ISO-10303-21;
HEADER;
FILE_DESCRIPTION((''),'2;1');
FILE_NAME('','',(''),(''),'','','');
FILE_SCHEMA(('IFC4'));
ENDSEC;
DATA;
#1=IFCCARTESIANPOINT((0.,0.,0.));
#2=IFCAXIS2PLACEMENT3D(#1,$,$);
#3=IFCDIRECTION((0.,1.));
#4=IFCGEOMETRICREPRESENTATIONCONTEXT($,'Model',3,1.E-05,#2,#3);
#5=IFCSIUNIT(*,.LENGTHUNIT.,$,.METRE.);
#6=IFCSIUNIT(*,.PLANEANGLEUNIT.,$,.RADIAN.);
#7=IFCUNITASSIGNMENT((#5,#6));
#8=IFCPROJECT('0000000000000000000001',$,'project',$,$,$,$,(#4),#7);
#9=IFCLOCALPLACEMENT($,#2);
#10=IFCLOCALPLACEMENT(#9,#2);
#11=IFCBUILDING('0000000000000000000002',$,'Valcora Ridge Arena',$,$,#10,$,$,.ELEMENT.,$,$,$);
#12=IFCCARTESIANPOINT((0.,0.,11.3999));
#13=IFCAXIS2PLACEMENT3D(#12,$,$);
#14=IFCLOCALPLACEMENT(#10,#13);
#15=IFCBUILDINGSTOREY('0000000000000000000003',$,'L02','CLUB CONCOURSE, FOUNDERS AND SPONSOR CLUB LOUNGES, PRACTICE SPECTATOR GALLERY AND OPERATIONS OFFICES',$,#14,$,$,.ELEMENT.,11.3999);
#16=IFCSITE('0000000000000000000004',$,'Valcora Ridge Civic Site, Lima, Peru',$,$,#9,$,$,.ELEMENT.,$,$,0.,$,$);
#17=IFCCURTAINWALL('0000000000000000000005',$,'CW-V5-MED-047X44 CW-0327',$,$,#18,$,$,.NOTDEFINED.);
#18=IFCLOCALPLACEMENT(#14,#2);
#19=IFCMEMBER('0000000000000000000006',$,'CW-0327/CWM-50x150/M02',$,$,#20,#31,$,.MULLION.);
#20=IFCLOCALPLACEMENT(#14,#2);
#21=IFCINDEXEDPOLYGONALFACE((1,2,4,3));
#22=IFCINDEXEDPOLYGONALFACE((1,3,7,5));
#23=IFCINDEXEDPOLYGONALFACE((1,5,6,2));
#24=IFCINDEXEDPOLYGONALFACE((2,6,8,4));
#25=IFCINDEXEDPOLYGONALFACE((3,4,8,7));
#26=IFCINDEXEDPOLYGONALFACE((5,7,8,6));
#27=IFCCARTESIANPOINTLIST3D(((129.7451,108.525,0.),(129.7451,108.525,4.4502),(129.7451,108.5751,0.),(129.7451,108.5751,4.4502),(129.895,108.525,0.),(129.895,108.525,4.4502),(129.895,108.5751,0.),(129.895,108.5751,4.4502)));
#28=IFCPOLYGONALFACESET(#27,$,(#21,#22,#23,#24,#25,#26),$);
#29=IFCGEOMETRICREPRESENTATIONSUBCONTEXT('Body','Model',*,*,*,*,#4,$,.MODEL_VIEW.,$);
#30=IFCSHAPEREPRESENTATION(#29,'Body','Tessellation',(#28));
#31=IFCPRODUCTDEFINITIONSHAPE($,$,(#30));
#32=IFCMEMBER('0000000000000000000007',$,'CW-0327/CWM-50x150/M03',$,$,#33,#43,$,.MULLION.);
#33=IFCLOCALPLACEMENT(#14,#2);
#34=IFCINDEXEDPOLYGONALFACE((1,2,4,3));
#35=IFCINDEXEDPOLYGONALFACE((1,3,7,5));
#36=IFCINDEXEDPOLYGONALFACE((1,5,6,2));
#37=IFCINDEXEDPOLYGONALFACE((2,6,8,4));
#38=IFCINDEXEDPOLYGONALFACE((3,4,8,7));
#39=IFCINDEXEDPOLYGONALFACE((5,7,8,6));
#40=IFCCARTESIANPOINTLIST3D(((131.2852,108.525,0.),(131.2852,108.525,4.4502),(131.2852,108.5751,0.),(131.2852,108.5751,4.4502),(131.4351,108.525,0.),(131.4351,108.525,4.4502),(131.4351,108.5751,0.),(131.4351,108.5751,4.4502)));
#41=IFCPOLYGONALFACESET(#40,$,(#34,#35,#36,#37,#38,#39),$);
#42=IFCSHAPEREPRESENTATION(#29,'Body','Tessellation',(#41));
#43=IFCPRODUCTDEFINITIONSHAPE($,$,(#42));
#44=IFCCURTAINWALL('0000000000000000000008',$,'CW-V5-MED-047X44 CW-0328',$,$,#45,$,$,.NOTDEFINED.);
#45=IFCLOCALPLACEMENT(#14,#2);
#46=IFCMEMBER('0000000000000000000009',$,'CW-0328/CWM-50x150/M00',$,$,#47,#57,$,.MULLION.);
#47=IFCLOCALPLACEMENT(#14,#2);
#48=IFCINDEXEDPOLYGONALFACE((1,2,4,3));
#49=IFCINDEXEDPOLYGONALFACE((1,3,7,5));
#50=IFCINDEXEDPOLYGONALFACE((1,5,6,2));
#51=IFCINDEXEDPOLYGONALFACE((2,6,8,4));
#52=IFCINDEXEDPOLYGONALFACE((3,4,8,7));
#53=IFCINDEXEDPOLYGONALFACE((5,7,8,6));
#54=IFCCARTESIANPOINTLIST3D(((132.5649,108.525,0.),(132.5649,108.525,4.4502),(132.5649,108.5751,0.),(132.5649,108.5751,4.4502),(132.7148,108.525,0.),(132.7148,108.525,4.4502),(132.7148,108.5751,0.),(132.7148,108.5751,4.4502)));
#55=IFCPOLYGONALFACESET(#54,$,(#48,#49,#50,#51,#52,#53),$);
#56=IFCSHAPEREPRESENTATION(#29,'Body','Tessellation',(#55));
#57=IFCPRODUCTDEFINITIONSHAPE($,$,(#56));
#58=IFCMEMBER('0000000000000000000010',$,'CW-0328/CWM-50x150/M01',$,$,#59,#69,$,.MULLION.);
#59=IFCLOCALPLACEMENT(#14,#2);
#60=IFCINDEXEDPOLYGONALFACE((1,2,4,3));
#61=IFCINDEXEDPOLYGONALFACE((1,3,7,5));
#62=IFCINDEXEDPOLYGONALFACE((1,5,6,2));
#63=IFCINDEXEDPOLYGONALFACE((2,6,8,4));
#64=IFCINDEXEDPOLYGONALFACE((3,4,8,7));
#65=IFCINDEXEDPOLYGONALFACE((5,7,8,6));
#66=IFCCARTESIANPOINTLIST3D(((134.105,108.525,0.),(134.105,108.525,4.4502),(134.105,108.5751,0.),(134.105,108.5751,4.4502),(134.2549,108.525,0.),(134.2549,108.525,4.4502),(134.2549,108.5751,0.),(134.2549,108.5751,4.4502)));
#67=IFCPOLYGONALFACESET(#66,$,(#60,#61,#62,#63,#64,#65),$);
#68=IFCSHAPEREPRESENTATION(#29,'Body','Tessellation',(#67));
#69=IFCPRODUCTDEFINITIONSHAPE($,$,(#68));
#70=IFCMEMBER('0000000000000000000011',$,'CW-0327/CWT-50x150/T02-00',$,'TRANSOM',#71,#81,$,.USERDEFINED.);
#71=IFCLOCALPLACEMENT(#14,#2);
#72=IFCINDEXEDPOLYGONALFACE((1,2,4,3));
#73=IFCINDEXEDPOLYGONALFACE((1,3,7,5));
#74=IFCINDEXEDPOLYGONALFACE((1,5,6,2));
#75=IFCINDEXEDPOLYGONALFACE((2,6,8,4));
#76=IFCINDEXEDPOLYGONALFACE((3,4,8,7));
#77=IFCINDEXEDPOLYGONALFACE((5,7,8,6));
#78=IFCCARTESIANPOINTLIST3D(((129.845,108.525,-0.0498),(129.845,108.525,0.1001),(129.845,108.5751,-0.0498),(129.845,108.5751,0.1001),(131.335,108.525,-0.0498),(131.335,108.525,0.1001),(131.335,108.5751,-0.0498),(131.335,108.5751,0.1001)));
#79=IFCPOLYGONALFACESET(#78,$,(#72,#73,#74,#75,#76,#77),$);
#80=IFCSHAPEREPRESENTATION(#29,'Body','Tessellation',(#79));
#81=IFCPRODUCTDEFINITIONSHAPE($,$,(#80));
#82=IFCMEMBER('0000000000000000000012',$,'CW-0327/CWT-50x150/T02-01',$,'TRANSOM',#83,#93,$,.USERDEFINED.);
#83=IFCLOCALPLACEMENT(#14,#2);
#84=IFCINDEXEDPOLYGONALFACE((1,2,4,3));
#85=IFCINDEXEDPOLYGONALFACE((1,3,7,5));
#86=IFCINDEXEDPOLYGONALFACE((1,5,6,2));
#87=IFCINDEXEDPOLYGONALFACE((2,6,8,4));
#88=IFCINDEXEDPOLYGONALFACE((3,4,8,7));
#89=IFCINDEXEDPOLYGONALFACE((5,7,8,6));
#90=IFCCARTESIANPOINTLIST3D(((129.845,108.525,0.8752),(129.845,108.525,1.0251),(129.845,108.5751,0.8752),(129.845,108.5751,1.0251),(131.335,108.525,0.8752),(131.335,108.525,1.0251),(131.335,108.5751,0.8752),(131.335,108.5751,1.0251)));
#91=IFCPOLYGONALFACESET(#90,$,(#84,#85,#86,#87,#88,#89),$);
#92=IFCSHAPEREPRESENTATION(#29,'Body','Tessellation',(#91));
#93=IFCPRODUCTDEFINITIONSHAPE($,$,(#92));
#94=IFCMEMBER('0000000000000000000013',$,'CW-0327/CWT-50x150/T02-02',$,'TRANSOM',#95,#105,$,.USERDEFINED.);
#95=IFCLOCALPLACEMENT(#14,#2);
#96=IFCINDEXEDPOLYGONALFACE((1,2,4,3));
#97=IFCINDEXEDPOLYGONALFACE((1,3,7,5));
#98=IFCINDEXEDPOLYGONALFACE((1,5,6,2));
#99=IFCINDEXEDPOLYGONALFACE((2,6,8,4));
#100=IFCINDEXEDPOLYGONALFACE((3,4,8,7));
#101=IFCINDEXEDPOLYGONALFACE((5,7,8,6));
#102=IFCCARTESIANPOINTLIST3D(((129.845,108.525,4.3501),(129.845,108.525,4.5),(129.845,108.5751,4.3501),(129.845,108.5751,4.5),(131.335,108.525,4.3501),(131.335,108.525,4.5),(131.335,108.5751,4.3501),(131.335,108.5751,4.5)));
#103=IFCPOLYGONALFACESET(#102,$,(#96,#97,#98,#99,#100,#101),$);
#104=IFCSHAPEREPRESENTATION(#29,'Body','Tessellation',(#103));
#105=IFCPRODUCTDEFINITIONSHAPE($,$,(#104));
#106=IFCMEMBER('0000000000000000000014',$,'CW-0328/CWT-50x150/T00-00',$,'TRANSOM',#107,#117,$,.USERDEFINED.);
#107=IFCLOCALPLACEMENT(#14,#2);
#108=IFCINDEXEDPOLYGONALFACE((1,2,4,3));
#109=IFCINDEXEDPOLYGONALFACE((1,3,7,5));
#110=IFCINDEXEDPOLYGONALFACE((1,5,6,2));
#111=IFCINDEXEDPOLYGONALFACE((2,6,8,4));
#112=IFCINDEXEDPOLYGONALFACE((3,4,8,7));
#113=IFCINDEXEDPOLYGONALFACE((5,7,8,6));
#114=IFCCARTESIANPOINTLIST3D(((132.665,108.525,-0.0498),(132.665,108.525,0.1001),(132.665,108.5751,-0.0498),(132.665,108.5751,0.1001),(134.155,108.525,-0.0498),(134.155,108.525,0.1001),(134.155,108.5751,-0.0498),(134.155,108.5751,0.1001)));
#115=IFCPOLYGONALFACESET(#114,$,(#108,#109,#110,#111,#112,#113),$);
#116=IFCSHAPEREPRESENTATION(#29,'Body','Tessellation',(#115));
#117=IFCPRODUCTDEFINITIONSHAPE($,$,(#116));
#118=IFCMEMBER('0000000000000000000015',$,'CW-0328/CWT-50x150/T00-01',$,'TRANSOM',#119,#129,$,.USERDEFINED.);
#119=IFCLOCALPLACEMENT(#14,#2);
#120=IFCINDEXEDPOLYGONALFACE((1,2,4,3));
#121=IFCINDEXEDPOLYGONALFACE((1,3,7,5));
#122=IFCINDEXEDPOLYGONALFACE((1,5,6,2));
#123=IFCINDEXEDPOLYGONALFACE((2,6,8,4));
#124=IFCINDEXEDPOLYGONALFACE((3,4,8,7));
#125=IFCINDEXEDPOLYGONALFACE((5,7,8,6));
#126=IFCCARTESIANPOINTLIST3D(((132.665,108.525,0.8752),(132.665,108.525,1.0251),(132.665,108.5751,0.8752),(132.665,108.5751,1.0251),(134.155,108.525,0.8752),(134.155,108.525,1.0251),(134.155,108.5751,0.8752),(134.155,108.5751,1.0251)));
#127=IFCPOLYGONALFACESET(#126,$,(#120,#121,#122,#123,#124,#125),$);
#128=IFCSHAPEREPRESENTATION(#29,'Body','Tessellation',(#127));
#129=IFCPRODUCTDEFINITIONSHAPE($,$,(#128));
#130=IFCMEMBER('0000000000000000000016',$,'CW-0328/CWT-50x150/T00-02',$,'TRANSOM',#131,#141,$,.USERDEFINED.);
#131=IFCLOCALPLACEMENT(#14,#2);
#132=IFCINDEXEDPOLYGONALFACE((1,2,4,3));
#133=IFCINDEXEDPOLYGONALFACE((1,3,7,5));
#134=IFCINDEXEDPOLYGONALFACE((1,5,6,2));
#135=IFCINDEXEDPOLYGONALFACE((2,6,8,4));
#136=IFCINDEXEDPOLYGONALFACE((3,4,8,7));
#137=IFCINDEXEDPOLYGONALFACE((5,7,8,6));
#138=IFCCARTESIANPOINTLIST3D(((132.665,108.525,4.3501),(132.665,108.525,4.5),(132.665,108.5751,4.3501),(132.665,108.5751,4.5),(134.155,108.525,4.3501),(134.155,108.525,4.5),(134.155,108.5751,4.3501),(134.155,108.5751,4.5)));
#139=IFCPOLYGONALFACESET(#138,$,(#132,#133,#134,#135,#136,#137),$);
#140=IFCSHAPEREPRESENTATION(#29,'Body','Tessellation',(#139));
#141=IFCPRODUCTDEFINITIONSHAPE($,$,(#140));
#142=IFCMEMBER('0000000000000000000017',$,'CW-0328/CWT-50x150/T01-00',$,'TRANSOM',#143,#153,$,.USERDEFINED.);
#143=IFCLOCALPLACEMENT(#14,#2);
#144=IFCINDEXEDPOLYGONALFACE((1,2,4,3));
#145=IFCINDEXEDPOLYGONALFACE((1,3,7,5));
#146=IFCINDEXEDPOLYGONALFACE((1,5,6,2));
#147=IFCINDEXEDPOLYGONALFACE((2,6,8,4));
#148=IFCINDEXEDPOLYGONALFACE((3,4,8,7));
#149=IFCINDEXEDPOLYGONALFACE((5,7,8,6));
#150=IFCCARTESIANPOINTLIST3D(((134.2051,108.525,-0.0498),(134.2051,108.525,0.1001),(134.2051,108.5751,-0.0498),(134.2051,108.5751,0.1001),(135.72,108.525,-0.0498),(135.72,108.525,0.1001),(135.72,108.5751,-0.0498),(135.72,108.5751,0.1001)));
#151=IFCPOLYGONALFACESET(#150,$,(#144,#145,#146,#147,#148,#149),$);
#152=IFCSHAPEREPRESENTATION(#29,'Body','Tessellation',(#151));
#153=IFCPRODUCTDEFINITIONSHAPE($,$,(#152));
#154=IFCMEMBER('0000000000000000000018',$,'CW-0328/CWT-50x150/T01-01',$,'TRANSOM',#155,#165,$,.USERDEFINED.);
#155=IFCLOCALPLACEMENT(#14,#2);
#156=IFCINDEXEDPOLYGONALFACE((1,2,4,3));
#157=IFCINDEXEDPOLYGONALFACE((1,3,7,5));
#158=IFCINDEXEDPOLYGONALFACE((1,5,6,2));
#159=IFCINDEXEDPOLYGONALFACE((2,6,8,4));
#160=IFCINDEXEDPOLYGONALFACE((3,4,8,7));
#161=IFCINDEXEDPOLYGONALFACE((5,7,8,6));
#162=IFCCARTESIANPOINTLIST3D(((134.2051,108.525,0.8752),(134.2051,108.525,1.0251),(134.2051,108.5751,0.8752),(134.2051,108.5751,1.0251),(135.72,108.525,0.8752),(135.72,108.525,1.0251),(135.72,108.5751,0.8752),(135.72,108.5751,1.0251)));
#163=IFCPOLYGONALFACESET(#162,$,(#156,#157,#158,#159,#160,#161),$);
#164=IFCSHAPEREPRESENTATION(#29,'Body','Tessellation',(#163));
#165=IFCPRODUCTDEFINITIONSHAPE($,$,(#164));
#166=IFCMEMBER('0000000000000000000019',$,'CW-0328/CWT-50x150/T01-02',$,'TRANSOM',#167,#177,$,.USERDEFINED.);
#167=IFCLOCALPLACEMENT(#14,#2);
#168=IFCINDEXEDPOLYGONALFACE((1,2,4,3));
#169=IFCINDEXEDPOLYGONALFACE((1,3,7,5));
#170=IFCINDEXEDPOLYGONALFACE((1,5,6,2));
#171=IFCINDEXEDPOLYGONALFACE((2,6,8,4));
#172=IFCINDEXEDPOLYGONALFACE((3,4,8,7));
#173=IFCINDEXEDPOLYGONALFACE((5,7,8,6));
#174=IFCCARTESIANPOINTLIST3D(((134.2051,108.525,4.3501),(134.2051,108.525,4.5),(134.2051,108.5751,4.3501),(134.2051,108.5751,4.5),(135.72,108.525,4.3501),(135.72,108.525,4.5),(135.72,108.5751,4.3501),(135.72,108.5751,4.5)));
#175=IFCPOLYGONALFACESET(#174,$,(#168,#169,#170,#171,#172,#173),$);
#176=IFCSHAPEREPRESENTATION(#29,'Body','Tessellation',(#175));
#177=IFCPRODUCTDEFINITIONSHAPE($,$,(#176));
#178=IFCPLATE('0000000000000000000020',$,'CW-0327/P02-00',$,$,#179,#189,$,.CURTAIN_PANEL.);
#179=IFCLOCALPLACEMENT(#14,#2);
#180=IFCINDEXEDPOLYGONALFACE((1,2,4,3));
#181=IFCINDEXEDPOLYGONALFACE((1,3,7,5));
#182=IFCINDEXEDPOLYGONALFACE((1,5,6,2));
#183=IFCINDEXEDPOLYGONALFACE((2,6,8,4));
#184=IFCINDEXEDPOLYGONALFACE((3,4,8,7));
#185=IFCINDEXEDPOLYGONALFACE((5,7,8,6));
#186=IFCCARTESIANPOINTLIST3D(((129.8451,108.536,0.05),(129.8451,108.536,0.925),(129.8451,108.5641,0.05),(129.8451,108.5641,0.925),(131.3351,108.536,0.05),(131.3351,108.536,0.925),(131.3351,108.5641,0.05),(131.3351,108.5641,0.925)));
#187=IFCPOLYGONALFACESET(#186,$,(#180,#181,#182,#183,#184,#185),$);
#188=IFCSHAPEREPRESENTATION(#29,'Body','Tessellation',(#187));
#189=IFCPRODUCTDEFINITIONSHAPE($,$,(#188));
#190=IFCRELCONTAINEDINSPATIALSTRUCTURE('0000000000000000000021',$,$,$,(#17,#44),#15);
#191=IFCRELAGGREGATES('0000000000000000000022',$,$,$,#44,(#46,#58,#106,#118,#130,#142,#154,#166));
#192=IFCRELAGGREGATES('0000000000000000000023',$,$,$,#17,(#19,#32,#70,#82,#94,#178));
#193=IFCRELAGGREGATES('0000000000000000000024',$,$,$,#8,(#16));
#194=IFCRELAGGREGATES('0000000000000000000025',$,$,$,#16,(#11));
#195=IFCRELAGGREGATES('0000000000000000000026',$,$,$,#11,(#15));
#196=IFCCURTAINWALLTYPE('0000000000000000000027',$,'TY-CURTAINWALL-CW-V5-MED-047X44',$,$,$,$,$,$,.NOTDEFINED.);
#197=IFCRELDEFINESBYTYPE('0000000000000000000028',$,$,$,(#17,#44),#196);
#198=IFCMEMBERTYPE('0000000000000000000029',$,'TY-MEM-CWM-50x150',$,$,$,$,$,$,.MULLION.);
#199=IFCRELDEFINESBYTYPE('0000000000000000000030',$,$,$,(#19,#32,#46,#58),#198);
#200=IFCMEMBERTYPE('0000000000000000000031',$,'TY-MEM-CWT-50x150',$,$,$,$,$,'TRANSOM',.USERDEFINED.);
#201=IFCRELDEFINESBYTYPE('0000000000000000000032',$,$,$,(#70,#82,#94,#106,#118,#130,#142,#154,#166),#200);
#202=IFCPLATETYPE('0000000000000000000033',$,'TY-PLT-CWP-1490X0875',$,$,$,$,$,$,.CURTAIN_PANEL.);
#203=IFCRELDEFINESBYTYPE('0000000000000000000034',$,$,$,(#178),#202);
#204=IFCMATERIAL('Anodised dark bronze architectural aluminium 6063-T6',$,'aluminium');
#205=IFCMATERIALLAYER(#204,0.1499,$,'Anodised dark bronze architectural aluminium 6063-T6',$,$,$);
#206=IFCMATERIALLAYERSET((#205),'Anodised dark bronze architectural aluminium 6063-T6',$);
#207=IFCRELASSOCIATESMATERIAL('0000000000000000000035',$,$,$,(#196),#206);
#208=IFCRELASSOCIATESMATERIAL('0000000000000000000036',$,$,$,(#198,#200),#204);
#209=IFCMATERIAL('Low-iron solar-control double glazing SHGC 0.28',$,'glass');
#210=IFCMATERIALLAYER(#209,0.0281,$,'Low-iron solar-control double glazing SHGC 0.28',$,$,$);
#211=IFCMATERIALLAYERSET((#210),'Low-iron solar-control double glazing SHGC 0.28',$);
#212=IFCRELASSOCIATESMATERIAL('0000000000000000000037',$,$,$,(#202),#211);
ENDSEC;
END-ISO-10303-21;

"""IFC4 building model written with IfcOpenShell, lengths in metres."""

from ifc_helpers import new_model, si_unit, direction, frame, origin, origin_2d, place, context, subcontext, project, spatial, rectangle, extrude, material, layer, layer_set, material_profile, profile_set, type_object, element, aggregate, save


model = new_model("IFC4")

# Units and contexts
model_context = context("Model", 3, precision=1e-05, world=origin(), true_north=direction((0.0, 1.0)))
body_context = subcontext(model_context, "Body", "Model", "MODEL_VIEW")
ifc_project = project(units=[si_unit("LENGTHUNIT", "METRE"), si_unit("PLANEANGLEUNIT", "RADIAN")], contexts=[model_context])

# Site, building, storey
site_placement = place(None, origin())
site = spatial("IfcSite", under=ifc_project, at=site_placement, Name="Valcora Ridge Civic Site, Lima, Peru", CompositionType="ELEMENT", RefElevation=0.0)
building_placement = place(site_placement, origin())
building = spatial("IfcBuilding", under=site, at=building_placement, Name="Valcora Ridge Arena", CompositionType="ELEMENT")
storey_placement = place(building_placement, frame((0.0, 0.0, 11.3999)))
storey = spatial("IfcBuildingStorey", under=building, at=storey_placement, Name="L02", Description="CLUB CONCOURSE, FOUNDERS AND SPONSOR CLUB LOUNGES, PRACTICE SPECTATOR GALLERY AND OPERATIONS OFFICES", CompositionType="ELEMENT", Elevation=11.3999)

# Curtain walls, members
ifc_material_1 = material(Name="Anodised dark bronze architectural aluminium 6063-T6", Category="aluminium")
ifc_layer_1 = layer(ifc_material_1, 0.1499, Name="Anodised dark bronze architectural aluminium 6063-T6")
ifc_layer_set_1 = layer_set([ifc_layer_1], Name="Anodised dark bronze architectural aluminium 6063-T6")
curtain_wall_type = type_object("IfcCurtainWallType", Name="TY-CURTAINWALL-CW-V5-MED-047X44", PredefinedType="NOTDEFINED", material=ifc_layer_set_1)
curtain_wall_1_placement = place(storey_placement, origin())
curtain_wall_1 = element("IfcCurtainWall", 1, at=curtain_wall_1_placement, inside=storey, type_object=curtain_wall_type, Name="CW-V5-MED-047X44 CW-0327", PredefinedType="NOTDEFINED")
ifc_material_profile_1 = material_profile(ifc_material_1, rectangle(XDim=0.05, YDim=0.1499, at=origin_2d()), Name="ALU MULLION 50x150")
ifc_profile_set_1 = profile_set([ifc_material_profile_1], Name="Anodised dark bronze architectural aluminium 6063-T6")
member_type_1 = type_object("IfcMemberType", Name="TY-MEM-CWM-50x150", PredefinedType="MULLION", material=ifc_profile_set_1)
member_1_placement = place(storey_placement, frame((129.8201, 108.55, 0.0), z_axis=(0.0, 0.0, 1.0), x_axis=(0.0, 1.0, 0.0)))
member_1 = element("IfcMember", 2, at=member_1_placement, type_object=member_type_1, Name="CW-0327/CWM-50x150/M02", PredefinedType="MULLION", context=body_context, shape_type="SweptSolid", body=[
    extrude(rectangle(XDim=0.05, YDim=0.1499, at=origin_2d()), origin(), (0.0, 0.0, 1.0), 4.4502),
])
member_2_placement = place(storey_placement, frame((131.3601, 108.55, 0.0), z_axis=(0.0, 0.0, 1.0), x_axis=(0.0, 1.0, 0.0)))
member_2 = element("IfcMember", 3, at=member_2_placement, type_object=member_type_1, Name="CW-0327/CWM-50x150/M03", PredefinedType="MULLION", context=body_context, shape_type="SweptSolid", body=[
    extrude(rectangle(XDim=0.05, YDim=0.1499, at=origin_2d()), origin(), (0.0, 0.0, 1.0), 4.4502),
])
curtain_wall_2_placement = place(storey_placement, origin())
curtain_wall_2 = element("IfcCurtainWall", 4, at=curtain_wall_2_placement, inside=storey, type_object=curtain_wall_type, Name="CW-V5-MED-047X44 CW-0328", PredefinedType="NOTDEFINED")
member_3_placement = place(storey_placement, frame((132.6399, 108.55, 0.0), z_axis=(0.0, 0.0, 1.0), x_axis=(0.0, 1.0, 0.0)))
member_3 = element("IfcMember", 5, at=member_3_placement, type_object=member_type_1, Name="CW-0328/CWM-50x150/M00", PredefinedType="MULLION", context=body_context, shape_type="SweptSolid", body=[
    extrude(rectangle(XDim=0.05, YDim=0.1499, at=origin_2d()), origin(), (0.0, 0.0, 1.0), 4.4502),
])
member_4_placement = place(storey_placement, frame((134.1799, 108.55, 0.0), z_axis=(0.0, 0.0, 1.0), x_axis=(0.0, 1.0, 0.0)))
member_4 = element("IfcMember", 6, at=member_4_placement, type_object=member_type_1, Name="CW-0328/CWM-50x150/M01", PredefinedType="MULLION", context=body_context, shape_type="SweptSolid", body=[
    extrude(rectangle(XDim=0.05, YDim=0.1499, at=origin_2d()), origin(), (0.0, 0.0, 1.0), 4.4502),
])

# Members
ifc_material_profile_2 = material_profile(ifc_material_1, rectangle(XDim=0.05, YDim=0.1499, at=origin_2d()), Name="ALU TRANSOM 50x150")
ifc_profile_set_2 = profile_set([ifc_material_profile_2], Name="Anodised dark bronze architectural aluminium 6063-T6")
member_type_2 = type_object("IfcMemberType", Name="TY-MEM-CWT-50x150", ElementType="TRANSOM", PredefinedType="USERDEFINED", material=ifc_profile_set_2)
member_5_placement = place(storey_placement, frame((129.845, 108.55, 0.0251), z_axis=(1.0, 0.0, 0.0), x_axis=(0.0, 1.0, 0.0)))
member_5 = element("IfcMember", 7, at=member_5_placement, type_object=member_type_2, Name="CW-0327/CWT-50x150/T02-00", ObjectType="TRANSOM", PredefinedType="USERDEFINED", context=body_context, shape_type="SweptSolid", body=[
    extrude(rectangle(XDim=0.05, YDim=0.1499, at=origin_2d()), origin(), (0.0, 0.0, 1.0), 1.49),
])
member_6_placement = place(storey_placement, frame((129.845, 108.55, 0.9502), z_axis=(1.0, 0.0, 0.0), x_axis=(0.0, 1.0, 0.0)))
member_6 = element("IfcMember", 8, at=member_6_placement, type_object=member_type_2, Name="CW-0327/CWT-50x150/T02-01", ObjectType="TRANSOM", PredefinedType="USERDEFINED", context=body_context, shape_type="SweptSolid", body=[
    extrude(rectangle(XDim=0.05, YDim=0.1499, at=origin_2d()), origin(), (0.0, 0.0, 1.0), 1.49),
])
member_7_placement = place(storey_placement, frame((129.845, 108.55, 4.425), z_axis=(1.0, 0.0, 0.0), x_axis=(0.0, 1.0, 0.0)))
member_7 = element("IfcMember", 9, at=member_7_placement, type_object=member_type_2, Name="CW-0327/CWT-50x150/T02-02", ObjectType="TRANSOM", PredefinedType="USERDEFINED", context=body_context, shape_type="SweptSolid", body=[
    extrude(rectangle(XDim=0.05, YDim=0.1499, at=origin_2d()), origin(), (0.0, 0.0, 1.0), 1.49),
])
member_8_placement = place(storey_placement, frame((132.665, 108.55, 0.0251), z_axis=(1.0, 0.0, 0.0), x_axis=(0.0, 1.0, 0.0)))
member_8 = element("IfcMember", 10, at=member_8_placement, type_object=member_type_2, Name="CW-0328/CWT-50x150/T00-00", ObjectType="TRANSOM", PredefinedType="USERDEFINED", context=body_context, shape_type="SweptSolid", body=[
    extrude(rectangle(XDim=0.05, YDim=0.1499, at=origin_2d()), origin(), (0.0, 0.0, 1.0), 1.49),
])
member_9_placement = place(storey_placement, frame((132.665, 108.55, 0.9502), z_axis=(1.0, 0.0, 0.0), x_axis=(0.0, 1.0, 0.0)))
member_9 = element("IfcMember", 11, at=member_9_placement, type_object=member_type_2, Name="CW-0328/CWT-50x150/T00-01", ObjectType="TRANSOM", PredefinedType="USERDEFINED", context=body_context, shape_type="SweptSolid", body=[
    extrude(rectangle(XDim=0.05, YDim=0.1499, at=origin_2d()), origin(), (0.0, 0.0, 1.0), 1.49),
])
member_10_placement = place(storey_placement, frame((132.665, 108.55, 4.425), z_axis=(1.0, 0.0, 0.0), x_axis=(0.0, 1.0, 0.0)))
member_10 = element("IfcMember", 12, at=member_10_placement, type_object=member_type_2, Name="CW-0328/CWT-50x150/T00-02", ObjectType="TRANSOM", PredefinedType="USERDEFINED", context=body_context, shape_type="SweptSolid", body=[
    extrude(rectangle(XDim=0.05, YDim=0.1499, at=origin_2d()), origin(), (0.0, 0.0, 1.0), 1.49),
])
member_11_placement = place(storey_placement, frame((134.2051, 108.55, 0.0251), z_axis=(1.0, 0.0, 0.0), x_axis=(0.0, 1.0, 0.0)))
member_11 = element("IfcMember", 13, at=member_11_placement, type_object=member_type_2, Name="CW-0328/CWT-50x150/T01-00", ObjectType="TRANSOM", PredefinedType="USERDEFINED", context=body_context, shape_type="SweptSolid", body=[
    extrude(rectangle(XDim=0.05, YDim=0.1499, at=origin_2d()), origin(), (0.0, 0.0, 1.0), 1.5149),
])
member_12_placement = place(storey_placement, frame((134.2051, 108.55, 0.9502), z_axis=(1.0, 0.0, 0.0), x_axis=(0.0, 1.0, 0.0)))
member_12 = element("IfcMember", 14, at=member_12_placement, type_object=member_type_2, Name="CW-0328/CWT-50x150/T01-01", ObjectType="TRANSOM", PredefinedType="USERDEFINED", context=body_context, shape_type="SweptSolid", body=[
    extrude(rectangle(XDim=0.05, YDim=0.1499, at=origin_2d()), origin(), (0.0, 0.0, 1.0), 1.5149),
])
member_13_placement = place(storey_placement, frame((134.2051, 108.55, 4.425), z_axis=(1.0, 0.0, 0.0), x_axis=(0.0, 1.0, 0.0)))
member_13 = element("IfcMember", 15, at=member_13_placement, type_object=member_type_2, Name="CW-0328/CWT-50x150/T01-02", ObjectType="TRANSOM", PredefinedType="USERDEFINED", context=body_context, shape_type="SweptSolid", body=[
    extrude(rectangle(XDim=0.05, YDim=0.1499, at=origin_2d()), origin(), (0.0, 0.0, 1.0), 1.5149),
])

# Plate
ifc_material_2 = material(Name="Low-iron solar-control double glazing SHGC 0.28", Category="glass")
ifc_layer_2 = layer(ifc_material_2, 0.0281, Name="Low-iron solar-control double glazing SHGC 0.28")
ifc_layer_set_2 = layer_set([ifc_layer_2], Name="Low-iron solar-control double glazing SHGC 0.28")
plate_type_1 = type_object("IfcPlateType", Name="TY-PLT-CWP-1490X0875", PredefinedType="CURTAIN_PANEL", material=ifc_layer_set_2)
plate_1_placement = place(storey_placement, frame((130.5901, 108.55, 0.05), z_axis=(0.0, 0.0, 1.0), x_axis=(1.0, 0.0, 0.0)))
plate_1 = element("IfcPlate", 16, at=plate_1_placement, type_object=plate_type_1, Name="CW-0327/P02-00", PredefinedType="CURTAIN_PANEL", context=body_context, shape_type="SweptSolid", body=[
    extrude(rectangle(XDim=1.49, YDim=0.0281, at=origin_2d()), origin(), (0.0, 0.0, 1.0), 0.875),
])
aggregate(curtain_wall_2, [member_3, member_4, member_8, member_9, member_10, member_11, member_12, member_13])
aggregate(curtain_wall_1, [member_1, member_2, member_5, member_6, member_7, plate_1])

save(model, "model.ifc")
